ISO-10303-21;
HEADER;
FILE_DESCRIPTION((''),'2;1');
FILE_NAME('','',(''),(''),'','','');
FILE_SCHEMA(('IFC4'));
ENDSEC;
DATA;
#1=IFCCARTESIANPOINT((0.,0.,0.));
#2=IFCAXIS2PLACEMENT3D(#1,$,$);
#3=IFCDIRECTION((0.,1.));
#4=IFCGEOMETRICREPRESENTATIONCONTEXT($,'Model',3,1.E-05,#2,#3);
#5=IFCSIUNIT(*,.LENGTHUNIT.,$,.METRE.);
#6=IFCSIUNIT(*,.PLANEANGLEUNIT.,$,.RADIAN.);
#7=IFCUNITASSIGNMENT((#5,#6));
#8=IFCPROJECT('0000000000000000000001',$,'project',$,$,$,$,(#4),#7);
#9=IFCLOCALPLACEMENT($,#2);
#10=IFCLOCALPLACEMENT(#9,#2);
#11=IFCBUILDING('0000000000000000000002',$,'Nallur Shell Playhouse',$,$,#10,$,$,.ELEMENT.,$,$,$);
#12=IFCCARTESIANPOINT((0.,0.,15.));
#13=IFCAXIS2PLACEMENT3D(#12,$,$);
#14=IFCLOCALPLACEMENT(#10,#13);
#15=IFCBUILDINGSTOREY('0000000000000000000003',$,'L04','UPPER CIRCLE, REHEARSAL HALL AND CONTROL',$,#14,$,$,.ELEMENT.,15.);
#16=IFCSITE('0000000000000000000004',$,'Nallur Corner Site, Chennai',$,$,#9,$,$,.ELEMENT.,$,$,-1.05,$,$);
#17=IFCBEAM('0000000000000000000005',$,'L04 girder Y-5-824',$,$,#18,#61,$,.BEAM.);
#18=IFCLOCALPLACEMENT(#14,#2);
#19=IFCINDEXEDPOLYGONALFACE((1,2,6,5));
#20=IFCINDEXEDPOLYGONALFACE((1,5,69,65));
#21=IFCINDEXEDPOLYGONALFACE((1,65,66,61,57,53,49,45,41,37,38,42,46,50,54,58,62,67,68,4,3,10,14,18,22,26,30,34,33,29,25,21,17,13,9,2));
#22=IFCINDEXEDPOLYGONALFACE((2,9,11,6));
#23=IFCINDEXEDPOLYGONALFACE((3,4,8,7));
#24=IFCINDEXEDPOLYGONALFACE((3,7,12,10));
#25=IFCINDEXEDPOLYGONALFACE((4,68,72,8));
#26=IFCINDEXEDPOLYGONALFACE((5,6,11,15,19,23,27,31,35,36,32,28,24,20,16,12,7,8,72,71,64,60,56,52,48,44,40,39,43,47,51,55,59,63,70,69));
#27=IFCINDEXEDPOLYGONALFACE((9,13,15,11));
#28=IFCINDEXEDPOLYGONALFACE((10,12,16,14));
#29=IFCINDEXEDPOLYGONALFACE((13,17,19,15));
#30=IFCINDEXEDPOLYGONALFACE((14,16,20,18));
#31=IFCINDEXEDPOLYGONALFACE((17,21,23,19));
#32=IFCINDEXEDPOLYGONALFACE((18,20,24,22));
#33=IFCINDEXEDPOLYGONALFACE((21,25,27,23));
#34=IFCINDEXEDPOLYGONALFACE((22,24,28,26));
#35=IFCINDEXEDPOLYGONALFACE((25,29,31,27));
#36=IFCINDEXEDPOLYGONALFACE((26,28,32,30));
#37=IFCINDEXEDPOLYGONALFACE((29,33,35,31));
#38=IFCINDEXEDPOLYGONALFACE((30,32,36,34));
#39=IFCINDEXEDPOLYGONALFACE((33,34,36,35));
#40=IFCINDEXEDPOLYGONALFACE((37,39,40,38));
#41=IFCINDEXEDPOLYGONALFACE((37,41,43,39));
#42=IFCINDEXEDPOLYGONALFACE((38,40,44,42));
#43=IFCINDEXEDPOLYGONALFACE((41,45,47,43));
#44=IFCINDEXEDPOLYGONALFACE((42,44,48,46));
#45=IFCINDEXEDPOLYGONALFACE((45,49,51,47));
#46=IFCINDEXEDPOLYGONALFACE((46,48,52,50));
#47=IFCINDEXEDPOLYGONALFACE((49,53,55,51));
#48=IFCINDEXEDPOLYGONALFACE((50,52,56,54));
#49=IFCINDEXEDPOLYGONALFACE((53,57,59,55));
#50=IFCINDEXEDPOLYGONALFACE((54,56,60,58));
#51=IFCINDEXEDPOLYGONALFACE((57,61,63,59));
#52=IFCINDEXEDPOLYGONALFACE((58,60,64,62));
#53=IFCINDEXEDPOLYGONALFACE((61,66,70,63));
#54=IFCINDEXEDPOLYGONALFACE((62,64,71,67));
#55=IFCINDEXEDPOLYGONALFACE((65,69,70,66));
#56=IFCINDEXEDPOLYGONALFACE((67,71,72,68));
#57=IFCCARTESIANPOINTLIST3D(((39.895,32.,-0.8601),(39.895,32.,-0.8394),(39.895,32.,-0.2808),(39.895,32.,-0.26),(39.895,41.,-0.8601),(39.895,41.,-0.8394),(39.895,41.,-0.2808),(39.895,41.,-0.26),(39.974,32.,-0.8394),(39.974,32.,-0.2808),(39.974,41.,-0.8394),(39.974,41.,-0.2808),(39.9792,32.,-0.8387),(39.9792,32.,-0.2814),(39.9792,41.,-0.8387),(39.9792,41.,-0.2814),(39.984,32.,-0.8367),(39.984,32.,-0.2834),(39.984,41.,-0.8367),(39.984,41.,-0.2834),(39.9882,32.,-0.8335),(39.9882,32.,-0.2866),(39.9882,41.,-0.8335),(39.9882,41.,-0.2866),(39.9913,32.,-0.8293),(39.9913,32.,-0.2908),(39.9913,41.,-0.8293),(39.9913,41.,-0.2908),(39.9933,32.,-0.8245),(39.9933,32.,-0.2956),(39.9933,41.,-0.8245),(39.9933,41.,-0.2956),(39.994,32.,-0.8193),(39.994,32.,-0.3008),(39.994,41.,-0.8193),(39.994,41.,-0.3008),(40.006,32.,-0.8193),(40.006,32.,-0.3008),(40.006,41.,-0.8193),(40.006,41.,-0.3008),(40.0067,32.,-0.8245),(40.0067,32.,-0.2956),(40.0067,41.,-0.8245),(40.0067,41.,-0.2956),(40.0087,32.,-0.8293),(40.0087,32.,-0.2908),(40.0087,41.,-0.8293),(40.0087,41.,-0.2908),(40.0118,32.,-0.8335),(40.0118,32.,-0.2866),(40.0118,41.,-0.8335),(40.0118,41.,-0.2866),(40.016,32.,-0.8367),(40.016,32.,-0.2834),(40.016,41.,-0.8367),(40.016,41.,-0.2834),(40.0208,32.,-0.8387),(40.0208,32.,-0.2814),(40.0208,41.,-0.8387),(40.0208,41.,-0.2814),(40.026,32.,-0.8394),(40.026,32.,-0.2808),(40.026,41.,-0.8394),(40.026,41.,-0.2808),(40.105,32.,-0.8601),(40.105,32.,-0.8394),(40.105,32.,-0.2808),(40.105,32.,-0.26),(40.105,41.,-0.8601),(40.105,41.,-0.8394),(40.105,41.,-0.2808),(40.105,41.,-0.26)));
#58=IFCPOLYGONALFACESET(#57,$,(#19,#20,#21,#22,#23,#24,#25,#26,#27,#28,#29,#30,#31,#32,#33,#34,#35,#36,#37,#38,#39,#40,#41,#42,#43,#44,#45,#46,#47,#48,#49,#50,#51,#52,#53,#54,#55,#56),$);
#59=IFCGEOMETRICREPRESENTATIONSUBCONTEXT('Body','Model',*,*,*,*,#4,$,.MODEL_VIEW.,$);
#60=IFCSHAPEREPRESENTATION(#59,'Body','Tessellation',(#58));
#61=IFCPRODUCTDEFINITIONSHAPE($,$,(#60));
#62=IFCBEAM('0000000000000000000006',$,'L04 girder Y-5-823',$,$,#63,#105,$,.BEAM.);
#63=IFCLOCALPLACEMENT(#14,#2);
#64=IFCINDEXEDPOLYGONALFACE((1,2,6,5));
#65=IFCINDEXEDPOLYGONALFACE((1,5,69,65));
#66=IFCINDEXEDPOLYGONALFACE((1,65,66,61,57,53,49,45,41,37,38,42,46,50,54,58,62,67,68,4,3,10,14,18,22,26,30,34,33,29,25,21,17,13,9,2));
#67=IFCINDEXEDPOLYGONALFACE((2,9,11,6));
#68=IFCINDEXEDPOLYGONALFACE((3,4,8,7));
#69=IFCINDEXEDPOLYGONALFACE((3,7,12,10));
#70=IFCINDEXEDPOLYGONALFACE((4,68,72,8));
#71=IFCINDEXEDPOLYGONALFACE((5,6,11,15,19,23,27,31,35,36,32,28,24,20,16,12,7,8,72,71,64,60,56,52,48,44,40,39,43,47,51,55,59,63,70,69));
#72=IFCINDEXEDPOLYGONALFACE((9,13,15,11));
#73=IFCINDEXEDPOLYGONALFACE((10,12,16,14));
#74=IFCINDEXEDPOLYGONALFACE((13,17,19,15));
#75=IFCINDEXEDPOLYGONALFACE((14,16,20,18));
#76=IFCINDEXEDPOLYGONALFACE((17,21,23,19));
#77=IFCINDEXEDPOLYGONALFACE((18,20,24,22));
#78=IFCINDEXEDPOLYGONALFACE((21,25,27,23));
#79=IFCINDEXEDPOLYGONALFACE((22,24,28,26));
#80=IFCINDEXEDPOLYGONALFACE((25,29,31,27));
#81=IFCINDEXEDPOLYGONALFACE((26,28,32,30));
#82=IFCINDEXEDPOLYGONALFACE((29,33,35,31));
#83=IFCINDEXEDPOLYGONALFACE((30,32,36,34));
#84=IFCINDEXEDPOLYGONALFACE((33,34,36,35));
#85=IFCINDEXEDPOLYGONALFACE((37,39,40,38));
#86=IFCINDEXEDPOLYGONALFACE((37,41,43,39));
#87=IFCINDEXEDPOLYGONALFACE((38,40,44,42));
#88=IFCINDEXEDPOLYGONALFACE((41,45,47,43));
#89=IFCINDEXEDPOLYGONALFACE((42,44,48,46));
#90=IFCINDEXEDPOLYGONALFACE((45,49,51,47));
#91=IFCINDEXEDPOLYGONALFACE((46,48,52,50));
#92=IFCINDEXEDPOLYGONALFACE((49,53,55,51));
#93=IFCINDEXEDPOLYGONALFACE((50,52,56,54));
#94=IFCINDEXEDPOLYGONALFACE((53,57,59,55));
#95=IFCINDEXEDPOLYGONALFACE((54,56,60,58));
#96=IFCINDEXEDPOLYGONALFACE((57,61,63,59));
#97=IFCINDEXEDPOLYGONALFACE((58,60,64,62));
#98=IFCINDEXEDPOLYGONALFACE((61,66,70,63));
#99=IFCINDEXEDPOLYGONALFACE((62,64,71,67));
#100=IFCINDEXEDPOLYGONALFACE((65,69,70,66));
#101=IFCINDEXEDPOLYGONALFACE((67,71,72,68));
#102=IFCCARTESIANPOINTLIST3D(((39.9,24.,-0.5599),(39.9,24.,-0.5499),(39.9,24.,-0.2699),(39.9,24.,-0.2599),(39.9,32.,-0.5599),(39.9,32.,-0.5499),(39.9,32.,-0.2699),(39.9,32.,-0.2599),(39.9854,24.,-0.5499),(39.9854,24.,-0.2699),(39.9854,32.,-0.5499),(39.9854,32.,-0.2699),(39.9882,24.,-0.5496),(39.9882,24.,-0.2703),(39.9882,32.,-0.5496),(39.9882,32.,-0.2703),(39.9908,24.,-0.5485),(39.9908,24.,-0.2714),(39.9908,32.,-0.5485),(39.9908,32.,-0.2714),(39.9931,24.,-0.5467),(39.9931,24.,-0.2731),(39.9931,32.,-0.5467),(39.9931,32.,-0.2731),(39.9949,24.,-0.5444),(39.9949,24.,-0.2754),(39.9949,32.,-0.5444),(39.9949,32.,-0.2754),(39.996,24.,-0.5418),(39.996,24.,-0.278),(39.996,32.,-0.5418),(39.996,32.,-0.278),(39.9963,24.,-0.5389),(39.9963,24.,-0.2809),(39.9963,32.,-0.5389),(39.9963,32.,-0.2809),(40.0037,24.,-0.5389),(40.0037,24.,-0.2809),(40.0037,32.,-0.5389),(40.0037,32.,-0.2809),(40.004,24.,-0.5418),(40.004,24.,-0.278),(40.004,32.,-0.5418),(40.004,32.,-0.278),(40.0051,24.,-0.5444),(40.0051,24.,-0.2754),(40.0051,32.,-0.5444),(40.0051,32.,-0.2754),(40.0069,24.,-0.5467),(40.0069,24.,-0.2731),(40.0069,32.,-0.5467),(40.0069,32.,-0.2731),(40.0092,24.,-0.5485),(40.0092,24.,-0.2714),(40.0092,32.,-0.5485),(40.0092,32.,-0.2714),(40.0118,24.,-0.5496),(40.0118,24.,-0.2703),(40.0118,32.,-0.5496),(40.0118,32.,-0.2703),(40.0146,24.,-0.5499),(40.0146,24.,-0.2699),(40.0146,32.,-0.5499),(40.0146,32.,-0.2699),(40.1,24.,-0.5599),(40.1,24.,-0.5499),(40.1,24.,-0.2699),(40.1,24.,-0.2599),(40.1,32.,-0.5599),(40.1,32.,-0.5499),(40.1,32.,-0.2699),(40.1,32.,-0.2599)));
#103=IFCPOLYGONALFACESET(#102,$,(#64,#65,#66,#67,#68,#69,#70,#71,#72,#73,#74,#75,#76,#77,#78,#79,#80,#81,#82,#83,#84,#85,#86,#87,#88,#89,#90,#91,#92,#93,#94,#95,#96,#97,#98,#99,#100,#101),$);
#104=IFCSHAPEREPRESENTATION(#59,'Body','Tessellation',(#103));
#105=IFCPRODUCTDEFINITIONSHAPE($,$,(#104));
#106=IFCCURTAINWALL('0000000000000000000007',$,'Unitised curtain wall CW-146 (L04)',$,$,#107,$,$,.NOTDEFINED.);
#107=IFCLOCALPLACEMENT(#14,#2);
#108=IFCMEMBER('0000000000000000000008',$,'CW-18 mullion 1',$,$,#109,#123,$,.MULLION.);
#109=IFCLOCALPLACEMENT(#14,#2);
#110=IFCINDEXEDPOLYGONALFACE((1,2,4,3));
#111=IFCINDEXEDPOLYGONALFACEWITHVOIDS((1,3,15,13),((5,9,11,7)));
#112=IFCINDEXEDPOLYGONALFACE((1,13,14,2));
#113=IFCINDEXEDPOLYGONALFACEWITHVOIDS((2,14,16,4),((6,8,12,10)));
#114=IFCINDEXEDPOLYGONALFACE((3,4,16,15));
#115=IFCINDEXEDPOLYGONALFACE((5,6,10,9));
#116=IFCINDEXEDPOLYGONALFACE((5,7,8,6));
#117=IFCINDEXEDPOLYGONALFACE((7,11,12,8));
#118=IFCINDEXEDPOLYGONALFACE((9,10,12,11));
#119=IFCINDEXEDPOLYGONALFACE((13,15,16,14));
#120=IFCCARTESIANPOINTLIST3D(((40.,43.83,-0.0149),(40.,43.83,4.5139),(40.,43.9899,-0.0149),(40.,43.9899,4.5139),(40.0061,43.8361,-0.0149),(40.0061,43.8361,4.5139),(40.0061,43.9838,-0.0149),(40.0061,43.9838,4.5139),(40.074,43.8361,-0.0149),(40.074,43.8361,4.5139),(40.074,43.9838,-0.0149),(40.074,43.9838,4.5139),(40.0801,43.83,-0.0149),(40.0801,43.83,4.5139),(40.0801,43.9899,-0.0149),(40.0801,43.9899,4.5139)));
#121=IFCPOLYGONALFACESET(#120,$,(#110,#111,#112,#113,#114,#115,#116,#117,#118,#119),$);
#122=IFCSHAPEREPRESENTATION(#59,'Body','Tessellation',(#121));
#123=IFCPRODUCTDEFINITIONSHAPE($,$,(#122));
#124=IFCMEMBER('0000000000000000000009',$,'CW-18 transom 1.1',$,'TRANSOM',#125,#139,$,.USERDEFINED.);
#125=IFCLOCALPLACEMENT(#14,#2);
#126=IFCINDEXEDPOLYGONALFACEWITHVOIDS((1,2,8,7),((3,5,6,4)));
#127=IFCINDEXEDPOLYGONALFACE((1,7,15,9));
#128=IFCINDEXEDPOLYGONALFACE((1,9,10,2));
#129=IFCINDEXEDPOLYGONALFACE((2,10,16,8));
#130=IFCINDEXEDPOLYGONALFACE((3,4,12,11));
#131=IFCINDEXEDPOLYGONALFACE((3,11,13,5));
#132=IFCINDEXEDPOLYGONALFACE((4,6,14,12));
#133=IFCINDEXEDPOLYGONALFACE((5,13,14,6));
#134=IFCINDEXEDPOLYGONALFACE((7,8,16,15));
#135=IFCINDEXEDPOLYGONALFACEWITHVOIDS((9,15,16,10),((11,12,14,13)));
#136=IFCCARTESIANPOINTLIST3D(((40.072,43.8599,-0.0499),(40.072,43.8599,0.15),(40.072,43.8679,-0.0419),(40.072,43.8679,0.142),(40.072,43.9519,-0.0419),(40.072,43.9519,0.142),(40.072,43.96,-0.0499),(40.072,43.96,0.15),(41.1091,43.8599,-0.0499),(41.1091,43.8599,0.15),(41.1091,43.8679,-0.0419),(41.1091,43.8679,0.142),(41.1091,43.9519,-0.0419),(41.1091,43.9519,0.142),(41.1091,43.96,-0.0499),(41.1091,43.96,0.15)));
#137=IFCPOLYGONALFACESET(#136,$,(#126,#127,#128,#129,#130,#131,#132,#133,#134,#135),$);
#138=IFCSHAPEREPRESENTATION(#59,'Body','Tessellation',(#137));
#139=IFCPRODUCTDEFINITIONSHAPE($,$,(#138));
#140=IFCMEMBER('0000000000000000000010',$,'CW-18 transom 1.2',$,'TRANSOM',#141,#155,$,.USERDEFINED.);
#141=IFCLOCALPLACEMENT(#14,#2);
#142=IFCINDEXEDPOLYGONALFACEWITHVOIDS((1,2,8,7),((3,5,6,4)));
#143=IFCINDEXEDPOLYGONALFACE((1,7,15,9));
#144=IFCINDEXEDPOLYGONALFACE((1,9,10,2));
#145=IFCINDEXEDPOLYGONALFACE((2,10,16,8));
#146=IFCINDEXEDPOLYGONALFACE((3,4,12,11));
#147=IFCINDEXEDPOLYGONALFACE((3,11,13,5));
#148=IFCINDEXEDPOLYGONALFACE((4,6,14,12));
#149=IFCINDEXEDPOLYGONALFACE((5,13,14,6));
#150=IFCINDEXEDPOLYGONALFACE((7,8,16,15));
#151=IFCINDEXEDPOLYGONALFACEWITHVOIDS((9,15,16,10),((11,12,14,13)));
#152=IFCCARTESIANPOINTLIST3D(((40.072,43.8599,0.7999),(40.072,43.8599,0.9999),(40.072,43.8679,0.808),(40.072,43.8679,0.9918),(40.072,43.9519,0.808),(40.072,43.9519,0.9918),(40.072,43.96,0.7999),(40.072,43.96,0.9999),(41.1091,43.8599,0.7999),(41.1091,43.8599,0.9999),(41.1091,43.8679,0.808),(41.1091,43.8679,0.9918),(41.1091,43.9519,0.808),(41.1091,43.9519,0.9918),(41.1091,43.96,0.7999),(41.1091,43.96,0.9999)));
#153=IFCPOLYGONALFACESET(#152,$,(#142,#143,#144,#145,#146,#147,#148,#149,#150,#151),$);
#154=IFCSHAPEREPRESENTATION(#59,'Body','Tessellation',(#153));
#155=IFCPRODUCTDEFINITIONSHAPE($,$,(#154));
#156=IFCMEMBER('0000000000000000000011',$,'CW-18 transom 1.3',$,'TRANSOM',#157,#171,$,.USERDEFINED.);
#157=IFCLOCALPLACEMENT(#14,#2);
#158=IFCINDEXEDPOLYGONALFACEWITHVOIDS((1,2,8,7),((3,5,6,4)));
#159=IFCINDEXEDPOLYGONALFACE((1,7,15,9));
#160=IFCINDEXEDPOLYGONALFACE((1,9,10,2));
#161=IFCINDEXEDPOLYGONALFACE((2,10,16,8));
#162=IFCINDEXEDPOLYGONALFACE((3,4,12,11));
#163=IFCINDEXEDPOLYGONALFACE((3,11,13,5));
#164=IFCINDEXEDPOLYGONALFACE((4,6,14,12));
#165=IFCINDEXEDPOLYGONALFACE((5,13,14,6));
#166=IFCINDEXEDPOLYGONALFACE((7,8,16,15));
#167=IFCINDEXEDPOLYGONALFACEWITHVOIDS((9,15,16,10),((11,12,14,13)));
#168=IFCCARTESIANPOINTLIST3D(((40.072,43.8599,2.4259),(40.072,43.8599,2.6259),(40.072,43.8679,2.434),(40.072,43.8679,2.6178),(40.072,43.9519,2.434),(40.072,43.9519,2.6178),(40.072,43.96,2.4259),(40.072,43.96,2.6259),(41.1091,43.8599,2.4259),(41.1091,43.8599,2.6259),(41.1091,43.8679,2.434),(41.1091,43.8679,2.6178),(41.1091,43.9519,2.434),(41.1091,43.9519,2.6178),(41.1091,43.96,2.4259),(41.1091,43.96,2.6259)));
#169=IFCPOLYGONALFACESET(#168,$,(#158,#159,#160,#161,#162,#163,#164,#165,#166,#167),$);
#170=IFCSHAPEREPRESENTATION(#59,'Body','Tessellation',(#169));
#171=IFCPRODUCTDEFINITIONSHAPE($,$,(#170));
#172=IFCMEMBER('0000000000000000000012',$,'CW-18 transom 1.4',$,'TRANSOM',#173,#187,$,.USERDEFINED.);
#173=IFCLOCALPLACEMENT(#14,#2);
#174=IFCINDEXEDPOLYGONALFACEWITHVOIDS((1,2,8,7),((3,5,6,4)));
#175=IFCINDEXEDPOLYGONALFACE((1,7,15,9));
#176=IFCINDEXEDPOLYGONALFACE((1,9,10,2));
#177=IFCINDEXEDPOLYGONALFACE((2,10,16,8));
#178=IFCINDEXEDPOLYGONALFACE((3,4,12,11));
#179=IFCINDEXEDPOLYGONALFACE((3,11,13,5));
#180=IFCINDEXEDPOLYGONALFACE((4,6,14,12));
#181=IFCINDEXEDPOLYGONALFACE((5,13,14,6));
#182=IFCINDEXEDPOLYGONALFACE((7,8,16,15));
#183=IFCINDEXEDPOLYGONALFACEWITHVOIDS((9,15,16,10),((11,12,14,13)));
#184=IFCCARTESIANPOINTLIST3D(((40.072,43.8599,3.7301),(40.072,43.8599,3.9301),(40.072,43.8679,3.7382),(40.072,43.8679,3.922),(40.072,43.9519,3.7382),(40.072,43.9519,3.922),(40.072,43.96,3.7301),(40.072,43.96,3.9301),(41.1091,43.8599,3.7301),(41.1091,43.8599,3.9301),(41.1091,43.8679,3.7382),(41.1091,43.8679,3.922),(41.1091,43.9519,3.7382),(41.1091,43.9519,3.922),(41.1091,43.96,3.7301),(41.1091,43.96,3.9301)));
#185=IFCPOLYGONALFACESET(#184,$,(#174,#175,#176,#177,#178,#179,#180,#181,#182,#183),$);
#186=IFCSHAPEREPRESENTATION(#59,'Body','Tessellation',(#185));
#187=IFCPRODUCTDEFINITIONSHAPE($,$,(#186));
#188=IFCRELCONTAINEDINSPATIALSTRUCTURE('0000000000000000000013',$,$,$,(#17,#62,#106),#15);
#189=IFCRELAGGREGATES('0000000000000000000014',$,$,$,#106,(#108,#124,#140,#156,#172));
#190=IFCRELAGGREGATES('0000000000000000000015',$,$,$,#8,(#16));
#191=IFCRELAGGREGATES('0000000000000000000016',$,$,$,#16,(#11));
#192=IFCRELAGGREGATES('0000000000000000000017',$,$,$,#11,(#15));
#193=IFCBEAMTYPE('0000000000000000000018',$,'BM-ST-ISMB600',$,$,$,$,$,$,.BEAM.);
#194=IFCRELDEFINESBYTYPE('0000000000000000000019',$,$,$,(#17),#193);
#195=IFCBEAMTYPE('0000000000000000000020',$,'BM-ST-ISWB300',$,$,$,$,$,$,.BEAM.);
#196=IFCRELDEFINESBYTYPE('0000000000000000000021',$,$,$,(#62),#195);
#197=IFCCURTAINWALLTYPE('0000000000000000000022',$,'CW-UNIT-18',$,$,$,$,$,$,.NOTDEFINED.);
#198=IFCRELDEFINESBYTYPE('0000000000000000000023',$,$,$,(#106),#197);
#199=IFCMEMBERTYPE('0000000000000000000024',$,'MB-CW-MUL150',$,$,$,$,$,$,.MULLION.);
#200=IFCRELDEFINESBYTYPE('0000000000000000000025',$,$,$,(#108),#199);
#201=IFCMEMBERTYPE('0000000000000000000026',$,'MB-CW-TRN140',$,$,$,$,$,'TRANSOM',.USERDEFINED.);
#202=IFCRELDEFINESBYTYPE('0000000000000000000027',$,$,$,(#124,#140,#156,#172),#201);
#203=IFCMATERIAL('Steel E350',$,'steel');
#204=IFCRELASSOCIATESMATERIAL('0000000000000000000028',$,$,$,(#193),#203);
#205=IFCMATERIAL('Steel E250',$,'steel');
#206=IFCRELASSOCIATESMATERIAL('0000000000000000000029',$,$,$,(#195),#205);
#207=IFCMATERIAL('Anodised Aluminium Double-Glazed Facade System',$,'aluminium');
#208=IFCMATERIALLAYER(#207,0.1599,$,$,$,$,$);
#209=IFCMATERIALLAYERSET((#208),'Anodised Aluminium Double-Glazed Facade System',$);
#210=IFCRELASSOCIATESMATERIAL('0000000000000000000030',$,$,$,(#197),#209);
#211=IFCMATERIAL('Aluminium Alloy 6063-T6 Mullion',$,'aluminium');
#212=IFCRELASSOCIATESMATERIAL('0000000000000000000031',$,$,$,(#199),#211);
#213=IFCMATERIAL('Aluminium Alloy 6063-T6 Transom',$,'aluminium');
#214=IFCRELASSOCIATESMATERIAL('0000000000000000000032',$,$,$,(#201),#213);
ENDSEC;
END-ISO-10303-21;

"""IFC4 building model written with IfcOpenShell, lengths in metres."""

from ifc_helpers import new_model, si_unit, direction, frame, origin, origin_2d, place, context, subcontext, project, spatial, hollow_rectangle, i_section, extrude, material, layer, layer_set, material_profile, profile_set, type_object, element, aggregate, save


model = new_model("IFC4")

# Units and contexts
model_context = context("Model", 3, precision=1e-05, world=origin(), true_north=direction((0.0, 1.0)))
body_context = subcontext(model_context, "Body", "Model", "MODEL_VIEW")
ifc_project = project(units=[si_unit("LENGTHUNIT", "METRE"), si_unit("PLANEANGLEUNIT", "RADIAN")], contexts=[model_context])

# Site, building, storey
site_placement = place(None, origin())
site = spatial("IfcSite", under=ifc_project, at=site_placement, Name="Nallur Corner Site, Chennai", CompositionType="ELEMENT", RefElevation=-1.05)
building_placement = place(site_placement, origin())
building = spatial("IfcBuilding", under=site, at=building_placement, Name="Nallur Shell Playhouse", CompositionType="ELEMENT")
storey_placement = place(building_placement, frame((0.0, 0.0, 15.0)))
storey = spatial("IfcBuildingStorey", under=building, at=storey_placement, Name="L04", Description="UPPER CIRCLE, REHEARSAL HALL AND CONTROL", CompositionType="ELEMENT", Elevation=15.0)

# Beams
ifc_material_1 = material(Name="Steel E250", Category="steel")
ifc_material_2 = material(Name="Steel E350", Category="steel")
ifc_material_profile_1 = material_profile(ifc_material_2, i_section(OverallWidth=0.21, OverallDepth=0.6001, WebThickness=0.012, FlangeThickness=0.0208, FilletRadius=0.02, at=origin_2d()), Name="ISMB 600")
ifc_profile_set_1 = profile_set([ifc_material_profile_1], Name="Steel E350")
beam_type_1 = type_object("IfcBeamType", Name="BM-ST-ISMB600", PredefinedType="BEAM", material=ifc_profile_set_1)
beam_1_placement = place(storey_placement, frame((40.0, 32.0, -0.5601), z_axis=(0.0, 1.0, 0.0), x_axis=(-1.0, 0.0, 0.0)))
element("IfcBeam", 1, at=beam_1_placement, inside=storey, type_object=beam_type_1, Name="L04 girder Y-5-824", PredefinedType="BEAM", context=body_context, shape_type="SweptSolid", body=[
    extrude(i_section(OverallWidth=0.21, OverallDepth=0.6001, WebThickness=0.012, FlangeThickness=0.0208, FilletRadius=0.02, at=origin_2d()), origin(), (0.0, 0.0, 1.0), 9.0),
])
ifc_material_profile_2 = material_profile(ifc_material_1, i_section(OverallWidth=0.2, OverallDepth=0.3, WebThickness=0.0073, FlangeThickness=0.01, FilletRadius=0.011, at=origin_2d()), Name="ISWB 300")
ifc_profile_set_2 = profile_set([ifc_material_profile_2], Name="Steel E250")
beam_type_2 = type_object("IfcBeamType", Name="BM-ST-ISWB300", PredefinedType="BEAM", material=ifc_profile_set_2)
beam_2_placement = place(storey_placement, frame((40.0, 24.0, -0.4099), z_axis=(0.0, 1.0, 0.0), x_axis=(-1.0, 0.0, 0.0)))
element("IfcBeam", 2, at=beam_2_placement, inside=storey, type_object=beam_type_2, Name="L04 girder Y-5-823", PredefinedType="BEAM", context=body_context, shape_type="SweptSolid", body=[
    extrude(i_section(OverallWidth=0.2, OverallDepth=0.3, WebThickness=0.0073, FlangeThickness=0.01, FilletRadius=0.011, at=origin_2d()), origin(), (0.0, 0.0, 1.0), 8.0),
])

# Curtain wall, members
ifc_material_3 = material(Name="Anodised Aluminium Double-Glazed Facade System", Category="aluminium")
ifc_layer_1 = layer(ifc_material_3, 0.1599)
ifc_layer_set_1 = layer_set([ifc_layer_1], Name="Anodised Aluminium Double-Glazed Facade System")
curtain_wall_type = type_object("IfcCurtainWallType", Name="CW-UNIT-18", PredefinedType="NOTDEFINED", material=ifc_layer_set_1)
curtain_wall_placement = place(storey_placement, origin())
curtain_wall = element("IfcCurtainWall", 3, at=curtain_wall_placement, inside=storey, type_object=curtain_wall_type, Name="Unitised curtain wall CW-146 (L04)", PredefinedType="NOTDEFINED")
ifc_material_4 = material(Name="Aluminium Alloy 6063-T6 Mullion", Category="aluminium")
ifc_material_profile_3 = material_profile(ifc_material_4, hollow_rectangle(XDim=0.0801, YDim=0.1599, WallThickness=0.0061, at=origin_2d()), Name="RHS 160x80x6")
ifc_profile_set_3 = profile_set([ifc_material_profile_3], Name="Aluminium Alloy 6063-T6 Mullion")
member_type_1 = type_object("IfcMemberType", Name="MB-CW-MUL150", PredefinedType="MULLION", material=ifc_profile_set_3)
member_1_placement = place(storey_placement, frame((40.04, 43.9099, -0.0149), z_axis=(0.0, 0.0, 1.0), x_axis=(1.0, 0.0, 0.0)))
member_1 = element("IfcMember", 4, at=member_1_placement, type_object=member_type_1, Name="CW-18 mullion 1", PredefinedType="MULLION", context=body_context, shape_type="SweptSolid", body=[
    extrude(hollow_rectangle(XDim=0.0801, YDim=0.1599, WallThickness=0.0061, at=origin_2d()), origin(), (0.0, 0.0, 1.0), 4.5288),
])
ifc_material_5 = material(Name="Aluminium Alloy 6063-T6 Transom", Category="aluminium")
ifc_material_profile_4 = material_profile(ifc_material_5, hollow_rectangle(XDim=0.1001, YDim=0.2, WallThickness=0.0081, at=origin_2d()), Name="RHS 200x100x8")
ifc_profile_set_4 = profile_set([ifc_material_profile_4], Name="Aluminium Alloy 6063-T6 Transom")
member_type_2 = type_object("IfcMemberType", Name="MB-CW-TRN140", ElementType="TRANSOM", PredefinedType="USERDEFINED", material=ifc_profile_set_4)
member_2_placement = place(storey_placement, frame((40.072, 43.9099, 0.05), z_axis=(1.0, 0.0, 0.0), x_axis=(0.0, 1.0, 0.0)))
member_2 = element("IfcMember", 5, at=member_2_placement, type_object=member_type_2, Name="CW-18 transom 1.1", ObjectType="TRANSOM", PredefinedType="USERDEFINED", context=body_context, shape_type="SweptSolid", body=[
    extrude(hollow_rectangle(XDim=0.1001, YDim=0.2, WallThickness=0.0081, at=origin_2d()), origin(), (0.0, 0.0, 1.0), 1.0371),
])
member_3_placement = place(storey_placement, frame((40.072, 43.9099, 0.8999), z_axis=(1.0, 0.0, 0.0), x_axis=(0.0, 1.0, 0.0)))
member_3 = element("IfcMember", 6, at=member_3_placement, type_object=member_type_2, Name="CW-18 transom 1.2", ObjectType="TRANSOM", PredefinedType="USERDEFINED", context=body_context, shape_type="SweptSolid", body=[
    extrude(hollow_rectangle(XDim=0.1001, YDim=0.2, WallThickness=0.0081, at=origin_2d()), origin(), (0.0, 0.0, 1.0), 1.0371),
])
member_4_placement = place(storey_placement, frame((40.072, 43.9099, 2.5259), z_axis=(1.0, 0.0, 0.0), x_axis=(0.0, 1.0, 0.0)))
member_4 = element("IfcMember", 7, at=member_4_placement, type_object=member_type_2, Name="CW-18 transom 1.3", ObjectType="TRANSOM", PredefinedType="USERDEFINED", context=body_context, shape_type="SweptSolid", body=[
    extrude(hollow_rectangle(XDim=0.1001, YDim=0.2, WallThickness=0.0081, at=origin_2d()), origin(), (0.0, 0.0, 1.0), 1.0371),
])
member_5_placement = place(storey_placement, frame((40.072, 43.9099, 3.8301), z_axis=(1.0, 0.0, 0.0), x_axis=(0.0, 1.0, 0.0)))
member_5 = element("IfcMember", 8, at=member_5_placement, type_object=member_type_2, Name="CW-18 transom 1.4", ObjectType="TRANSOM", PredefinedType="USERDEFINED", context=body_context, shape_type="SweptSolid", body=[
    extrude(hollow_rectangle(XDim=0.1001, YDim=0.2, WallThickness=0.0081, at=origin_2d()), origin(), (0.0, 0.0, 1.0), 1.0371),
])
aggregate(curtain_wall, [member_1, member_2, member_3, member_4, member_5])

save(model, "model.ifc")
